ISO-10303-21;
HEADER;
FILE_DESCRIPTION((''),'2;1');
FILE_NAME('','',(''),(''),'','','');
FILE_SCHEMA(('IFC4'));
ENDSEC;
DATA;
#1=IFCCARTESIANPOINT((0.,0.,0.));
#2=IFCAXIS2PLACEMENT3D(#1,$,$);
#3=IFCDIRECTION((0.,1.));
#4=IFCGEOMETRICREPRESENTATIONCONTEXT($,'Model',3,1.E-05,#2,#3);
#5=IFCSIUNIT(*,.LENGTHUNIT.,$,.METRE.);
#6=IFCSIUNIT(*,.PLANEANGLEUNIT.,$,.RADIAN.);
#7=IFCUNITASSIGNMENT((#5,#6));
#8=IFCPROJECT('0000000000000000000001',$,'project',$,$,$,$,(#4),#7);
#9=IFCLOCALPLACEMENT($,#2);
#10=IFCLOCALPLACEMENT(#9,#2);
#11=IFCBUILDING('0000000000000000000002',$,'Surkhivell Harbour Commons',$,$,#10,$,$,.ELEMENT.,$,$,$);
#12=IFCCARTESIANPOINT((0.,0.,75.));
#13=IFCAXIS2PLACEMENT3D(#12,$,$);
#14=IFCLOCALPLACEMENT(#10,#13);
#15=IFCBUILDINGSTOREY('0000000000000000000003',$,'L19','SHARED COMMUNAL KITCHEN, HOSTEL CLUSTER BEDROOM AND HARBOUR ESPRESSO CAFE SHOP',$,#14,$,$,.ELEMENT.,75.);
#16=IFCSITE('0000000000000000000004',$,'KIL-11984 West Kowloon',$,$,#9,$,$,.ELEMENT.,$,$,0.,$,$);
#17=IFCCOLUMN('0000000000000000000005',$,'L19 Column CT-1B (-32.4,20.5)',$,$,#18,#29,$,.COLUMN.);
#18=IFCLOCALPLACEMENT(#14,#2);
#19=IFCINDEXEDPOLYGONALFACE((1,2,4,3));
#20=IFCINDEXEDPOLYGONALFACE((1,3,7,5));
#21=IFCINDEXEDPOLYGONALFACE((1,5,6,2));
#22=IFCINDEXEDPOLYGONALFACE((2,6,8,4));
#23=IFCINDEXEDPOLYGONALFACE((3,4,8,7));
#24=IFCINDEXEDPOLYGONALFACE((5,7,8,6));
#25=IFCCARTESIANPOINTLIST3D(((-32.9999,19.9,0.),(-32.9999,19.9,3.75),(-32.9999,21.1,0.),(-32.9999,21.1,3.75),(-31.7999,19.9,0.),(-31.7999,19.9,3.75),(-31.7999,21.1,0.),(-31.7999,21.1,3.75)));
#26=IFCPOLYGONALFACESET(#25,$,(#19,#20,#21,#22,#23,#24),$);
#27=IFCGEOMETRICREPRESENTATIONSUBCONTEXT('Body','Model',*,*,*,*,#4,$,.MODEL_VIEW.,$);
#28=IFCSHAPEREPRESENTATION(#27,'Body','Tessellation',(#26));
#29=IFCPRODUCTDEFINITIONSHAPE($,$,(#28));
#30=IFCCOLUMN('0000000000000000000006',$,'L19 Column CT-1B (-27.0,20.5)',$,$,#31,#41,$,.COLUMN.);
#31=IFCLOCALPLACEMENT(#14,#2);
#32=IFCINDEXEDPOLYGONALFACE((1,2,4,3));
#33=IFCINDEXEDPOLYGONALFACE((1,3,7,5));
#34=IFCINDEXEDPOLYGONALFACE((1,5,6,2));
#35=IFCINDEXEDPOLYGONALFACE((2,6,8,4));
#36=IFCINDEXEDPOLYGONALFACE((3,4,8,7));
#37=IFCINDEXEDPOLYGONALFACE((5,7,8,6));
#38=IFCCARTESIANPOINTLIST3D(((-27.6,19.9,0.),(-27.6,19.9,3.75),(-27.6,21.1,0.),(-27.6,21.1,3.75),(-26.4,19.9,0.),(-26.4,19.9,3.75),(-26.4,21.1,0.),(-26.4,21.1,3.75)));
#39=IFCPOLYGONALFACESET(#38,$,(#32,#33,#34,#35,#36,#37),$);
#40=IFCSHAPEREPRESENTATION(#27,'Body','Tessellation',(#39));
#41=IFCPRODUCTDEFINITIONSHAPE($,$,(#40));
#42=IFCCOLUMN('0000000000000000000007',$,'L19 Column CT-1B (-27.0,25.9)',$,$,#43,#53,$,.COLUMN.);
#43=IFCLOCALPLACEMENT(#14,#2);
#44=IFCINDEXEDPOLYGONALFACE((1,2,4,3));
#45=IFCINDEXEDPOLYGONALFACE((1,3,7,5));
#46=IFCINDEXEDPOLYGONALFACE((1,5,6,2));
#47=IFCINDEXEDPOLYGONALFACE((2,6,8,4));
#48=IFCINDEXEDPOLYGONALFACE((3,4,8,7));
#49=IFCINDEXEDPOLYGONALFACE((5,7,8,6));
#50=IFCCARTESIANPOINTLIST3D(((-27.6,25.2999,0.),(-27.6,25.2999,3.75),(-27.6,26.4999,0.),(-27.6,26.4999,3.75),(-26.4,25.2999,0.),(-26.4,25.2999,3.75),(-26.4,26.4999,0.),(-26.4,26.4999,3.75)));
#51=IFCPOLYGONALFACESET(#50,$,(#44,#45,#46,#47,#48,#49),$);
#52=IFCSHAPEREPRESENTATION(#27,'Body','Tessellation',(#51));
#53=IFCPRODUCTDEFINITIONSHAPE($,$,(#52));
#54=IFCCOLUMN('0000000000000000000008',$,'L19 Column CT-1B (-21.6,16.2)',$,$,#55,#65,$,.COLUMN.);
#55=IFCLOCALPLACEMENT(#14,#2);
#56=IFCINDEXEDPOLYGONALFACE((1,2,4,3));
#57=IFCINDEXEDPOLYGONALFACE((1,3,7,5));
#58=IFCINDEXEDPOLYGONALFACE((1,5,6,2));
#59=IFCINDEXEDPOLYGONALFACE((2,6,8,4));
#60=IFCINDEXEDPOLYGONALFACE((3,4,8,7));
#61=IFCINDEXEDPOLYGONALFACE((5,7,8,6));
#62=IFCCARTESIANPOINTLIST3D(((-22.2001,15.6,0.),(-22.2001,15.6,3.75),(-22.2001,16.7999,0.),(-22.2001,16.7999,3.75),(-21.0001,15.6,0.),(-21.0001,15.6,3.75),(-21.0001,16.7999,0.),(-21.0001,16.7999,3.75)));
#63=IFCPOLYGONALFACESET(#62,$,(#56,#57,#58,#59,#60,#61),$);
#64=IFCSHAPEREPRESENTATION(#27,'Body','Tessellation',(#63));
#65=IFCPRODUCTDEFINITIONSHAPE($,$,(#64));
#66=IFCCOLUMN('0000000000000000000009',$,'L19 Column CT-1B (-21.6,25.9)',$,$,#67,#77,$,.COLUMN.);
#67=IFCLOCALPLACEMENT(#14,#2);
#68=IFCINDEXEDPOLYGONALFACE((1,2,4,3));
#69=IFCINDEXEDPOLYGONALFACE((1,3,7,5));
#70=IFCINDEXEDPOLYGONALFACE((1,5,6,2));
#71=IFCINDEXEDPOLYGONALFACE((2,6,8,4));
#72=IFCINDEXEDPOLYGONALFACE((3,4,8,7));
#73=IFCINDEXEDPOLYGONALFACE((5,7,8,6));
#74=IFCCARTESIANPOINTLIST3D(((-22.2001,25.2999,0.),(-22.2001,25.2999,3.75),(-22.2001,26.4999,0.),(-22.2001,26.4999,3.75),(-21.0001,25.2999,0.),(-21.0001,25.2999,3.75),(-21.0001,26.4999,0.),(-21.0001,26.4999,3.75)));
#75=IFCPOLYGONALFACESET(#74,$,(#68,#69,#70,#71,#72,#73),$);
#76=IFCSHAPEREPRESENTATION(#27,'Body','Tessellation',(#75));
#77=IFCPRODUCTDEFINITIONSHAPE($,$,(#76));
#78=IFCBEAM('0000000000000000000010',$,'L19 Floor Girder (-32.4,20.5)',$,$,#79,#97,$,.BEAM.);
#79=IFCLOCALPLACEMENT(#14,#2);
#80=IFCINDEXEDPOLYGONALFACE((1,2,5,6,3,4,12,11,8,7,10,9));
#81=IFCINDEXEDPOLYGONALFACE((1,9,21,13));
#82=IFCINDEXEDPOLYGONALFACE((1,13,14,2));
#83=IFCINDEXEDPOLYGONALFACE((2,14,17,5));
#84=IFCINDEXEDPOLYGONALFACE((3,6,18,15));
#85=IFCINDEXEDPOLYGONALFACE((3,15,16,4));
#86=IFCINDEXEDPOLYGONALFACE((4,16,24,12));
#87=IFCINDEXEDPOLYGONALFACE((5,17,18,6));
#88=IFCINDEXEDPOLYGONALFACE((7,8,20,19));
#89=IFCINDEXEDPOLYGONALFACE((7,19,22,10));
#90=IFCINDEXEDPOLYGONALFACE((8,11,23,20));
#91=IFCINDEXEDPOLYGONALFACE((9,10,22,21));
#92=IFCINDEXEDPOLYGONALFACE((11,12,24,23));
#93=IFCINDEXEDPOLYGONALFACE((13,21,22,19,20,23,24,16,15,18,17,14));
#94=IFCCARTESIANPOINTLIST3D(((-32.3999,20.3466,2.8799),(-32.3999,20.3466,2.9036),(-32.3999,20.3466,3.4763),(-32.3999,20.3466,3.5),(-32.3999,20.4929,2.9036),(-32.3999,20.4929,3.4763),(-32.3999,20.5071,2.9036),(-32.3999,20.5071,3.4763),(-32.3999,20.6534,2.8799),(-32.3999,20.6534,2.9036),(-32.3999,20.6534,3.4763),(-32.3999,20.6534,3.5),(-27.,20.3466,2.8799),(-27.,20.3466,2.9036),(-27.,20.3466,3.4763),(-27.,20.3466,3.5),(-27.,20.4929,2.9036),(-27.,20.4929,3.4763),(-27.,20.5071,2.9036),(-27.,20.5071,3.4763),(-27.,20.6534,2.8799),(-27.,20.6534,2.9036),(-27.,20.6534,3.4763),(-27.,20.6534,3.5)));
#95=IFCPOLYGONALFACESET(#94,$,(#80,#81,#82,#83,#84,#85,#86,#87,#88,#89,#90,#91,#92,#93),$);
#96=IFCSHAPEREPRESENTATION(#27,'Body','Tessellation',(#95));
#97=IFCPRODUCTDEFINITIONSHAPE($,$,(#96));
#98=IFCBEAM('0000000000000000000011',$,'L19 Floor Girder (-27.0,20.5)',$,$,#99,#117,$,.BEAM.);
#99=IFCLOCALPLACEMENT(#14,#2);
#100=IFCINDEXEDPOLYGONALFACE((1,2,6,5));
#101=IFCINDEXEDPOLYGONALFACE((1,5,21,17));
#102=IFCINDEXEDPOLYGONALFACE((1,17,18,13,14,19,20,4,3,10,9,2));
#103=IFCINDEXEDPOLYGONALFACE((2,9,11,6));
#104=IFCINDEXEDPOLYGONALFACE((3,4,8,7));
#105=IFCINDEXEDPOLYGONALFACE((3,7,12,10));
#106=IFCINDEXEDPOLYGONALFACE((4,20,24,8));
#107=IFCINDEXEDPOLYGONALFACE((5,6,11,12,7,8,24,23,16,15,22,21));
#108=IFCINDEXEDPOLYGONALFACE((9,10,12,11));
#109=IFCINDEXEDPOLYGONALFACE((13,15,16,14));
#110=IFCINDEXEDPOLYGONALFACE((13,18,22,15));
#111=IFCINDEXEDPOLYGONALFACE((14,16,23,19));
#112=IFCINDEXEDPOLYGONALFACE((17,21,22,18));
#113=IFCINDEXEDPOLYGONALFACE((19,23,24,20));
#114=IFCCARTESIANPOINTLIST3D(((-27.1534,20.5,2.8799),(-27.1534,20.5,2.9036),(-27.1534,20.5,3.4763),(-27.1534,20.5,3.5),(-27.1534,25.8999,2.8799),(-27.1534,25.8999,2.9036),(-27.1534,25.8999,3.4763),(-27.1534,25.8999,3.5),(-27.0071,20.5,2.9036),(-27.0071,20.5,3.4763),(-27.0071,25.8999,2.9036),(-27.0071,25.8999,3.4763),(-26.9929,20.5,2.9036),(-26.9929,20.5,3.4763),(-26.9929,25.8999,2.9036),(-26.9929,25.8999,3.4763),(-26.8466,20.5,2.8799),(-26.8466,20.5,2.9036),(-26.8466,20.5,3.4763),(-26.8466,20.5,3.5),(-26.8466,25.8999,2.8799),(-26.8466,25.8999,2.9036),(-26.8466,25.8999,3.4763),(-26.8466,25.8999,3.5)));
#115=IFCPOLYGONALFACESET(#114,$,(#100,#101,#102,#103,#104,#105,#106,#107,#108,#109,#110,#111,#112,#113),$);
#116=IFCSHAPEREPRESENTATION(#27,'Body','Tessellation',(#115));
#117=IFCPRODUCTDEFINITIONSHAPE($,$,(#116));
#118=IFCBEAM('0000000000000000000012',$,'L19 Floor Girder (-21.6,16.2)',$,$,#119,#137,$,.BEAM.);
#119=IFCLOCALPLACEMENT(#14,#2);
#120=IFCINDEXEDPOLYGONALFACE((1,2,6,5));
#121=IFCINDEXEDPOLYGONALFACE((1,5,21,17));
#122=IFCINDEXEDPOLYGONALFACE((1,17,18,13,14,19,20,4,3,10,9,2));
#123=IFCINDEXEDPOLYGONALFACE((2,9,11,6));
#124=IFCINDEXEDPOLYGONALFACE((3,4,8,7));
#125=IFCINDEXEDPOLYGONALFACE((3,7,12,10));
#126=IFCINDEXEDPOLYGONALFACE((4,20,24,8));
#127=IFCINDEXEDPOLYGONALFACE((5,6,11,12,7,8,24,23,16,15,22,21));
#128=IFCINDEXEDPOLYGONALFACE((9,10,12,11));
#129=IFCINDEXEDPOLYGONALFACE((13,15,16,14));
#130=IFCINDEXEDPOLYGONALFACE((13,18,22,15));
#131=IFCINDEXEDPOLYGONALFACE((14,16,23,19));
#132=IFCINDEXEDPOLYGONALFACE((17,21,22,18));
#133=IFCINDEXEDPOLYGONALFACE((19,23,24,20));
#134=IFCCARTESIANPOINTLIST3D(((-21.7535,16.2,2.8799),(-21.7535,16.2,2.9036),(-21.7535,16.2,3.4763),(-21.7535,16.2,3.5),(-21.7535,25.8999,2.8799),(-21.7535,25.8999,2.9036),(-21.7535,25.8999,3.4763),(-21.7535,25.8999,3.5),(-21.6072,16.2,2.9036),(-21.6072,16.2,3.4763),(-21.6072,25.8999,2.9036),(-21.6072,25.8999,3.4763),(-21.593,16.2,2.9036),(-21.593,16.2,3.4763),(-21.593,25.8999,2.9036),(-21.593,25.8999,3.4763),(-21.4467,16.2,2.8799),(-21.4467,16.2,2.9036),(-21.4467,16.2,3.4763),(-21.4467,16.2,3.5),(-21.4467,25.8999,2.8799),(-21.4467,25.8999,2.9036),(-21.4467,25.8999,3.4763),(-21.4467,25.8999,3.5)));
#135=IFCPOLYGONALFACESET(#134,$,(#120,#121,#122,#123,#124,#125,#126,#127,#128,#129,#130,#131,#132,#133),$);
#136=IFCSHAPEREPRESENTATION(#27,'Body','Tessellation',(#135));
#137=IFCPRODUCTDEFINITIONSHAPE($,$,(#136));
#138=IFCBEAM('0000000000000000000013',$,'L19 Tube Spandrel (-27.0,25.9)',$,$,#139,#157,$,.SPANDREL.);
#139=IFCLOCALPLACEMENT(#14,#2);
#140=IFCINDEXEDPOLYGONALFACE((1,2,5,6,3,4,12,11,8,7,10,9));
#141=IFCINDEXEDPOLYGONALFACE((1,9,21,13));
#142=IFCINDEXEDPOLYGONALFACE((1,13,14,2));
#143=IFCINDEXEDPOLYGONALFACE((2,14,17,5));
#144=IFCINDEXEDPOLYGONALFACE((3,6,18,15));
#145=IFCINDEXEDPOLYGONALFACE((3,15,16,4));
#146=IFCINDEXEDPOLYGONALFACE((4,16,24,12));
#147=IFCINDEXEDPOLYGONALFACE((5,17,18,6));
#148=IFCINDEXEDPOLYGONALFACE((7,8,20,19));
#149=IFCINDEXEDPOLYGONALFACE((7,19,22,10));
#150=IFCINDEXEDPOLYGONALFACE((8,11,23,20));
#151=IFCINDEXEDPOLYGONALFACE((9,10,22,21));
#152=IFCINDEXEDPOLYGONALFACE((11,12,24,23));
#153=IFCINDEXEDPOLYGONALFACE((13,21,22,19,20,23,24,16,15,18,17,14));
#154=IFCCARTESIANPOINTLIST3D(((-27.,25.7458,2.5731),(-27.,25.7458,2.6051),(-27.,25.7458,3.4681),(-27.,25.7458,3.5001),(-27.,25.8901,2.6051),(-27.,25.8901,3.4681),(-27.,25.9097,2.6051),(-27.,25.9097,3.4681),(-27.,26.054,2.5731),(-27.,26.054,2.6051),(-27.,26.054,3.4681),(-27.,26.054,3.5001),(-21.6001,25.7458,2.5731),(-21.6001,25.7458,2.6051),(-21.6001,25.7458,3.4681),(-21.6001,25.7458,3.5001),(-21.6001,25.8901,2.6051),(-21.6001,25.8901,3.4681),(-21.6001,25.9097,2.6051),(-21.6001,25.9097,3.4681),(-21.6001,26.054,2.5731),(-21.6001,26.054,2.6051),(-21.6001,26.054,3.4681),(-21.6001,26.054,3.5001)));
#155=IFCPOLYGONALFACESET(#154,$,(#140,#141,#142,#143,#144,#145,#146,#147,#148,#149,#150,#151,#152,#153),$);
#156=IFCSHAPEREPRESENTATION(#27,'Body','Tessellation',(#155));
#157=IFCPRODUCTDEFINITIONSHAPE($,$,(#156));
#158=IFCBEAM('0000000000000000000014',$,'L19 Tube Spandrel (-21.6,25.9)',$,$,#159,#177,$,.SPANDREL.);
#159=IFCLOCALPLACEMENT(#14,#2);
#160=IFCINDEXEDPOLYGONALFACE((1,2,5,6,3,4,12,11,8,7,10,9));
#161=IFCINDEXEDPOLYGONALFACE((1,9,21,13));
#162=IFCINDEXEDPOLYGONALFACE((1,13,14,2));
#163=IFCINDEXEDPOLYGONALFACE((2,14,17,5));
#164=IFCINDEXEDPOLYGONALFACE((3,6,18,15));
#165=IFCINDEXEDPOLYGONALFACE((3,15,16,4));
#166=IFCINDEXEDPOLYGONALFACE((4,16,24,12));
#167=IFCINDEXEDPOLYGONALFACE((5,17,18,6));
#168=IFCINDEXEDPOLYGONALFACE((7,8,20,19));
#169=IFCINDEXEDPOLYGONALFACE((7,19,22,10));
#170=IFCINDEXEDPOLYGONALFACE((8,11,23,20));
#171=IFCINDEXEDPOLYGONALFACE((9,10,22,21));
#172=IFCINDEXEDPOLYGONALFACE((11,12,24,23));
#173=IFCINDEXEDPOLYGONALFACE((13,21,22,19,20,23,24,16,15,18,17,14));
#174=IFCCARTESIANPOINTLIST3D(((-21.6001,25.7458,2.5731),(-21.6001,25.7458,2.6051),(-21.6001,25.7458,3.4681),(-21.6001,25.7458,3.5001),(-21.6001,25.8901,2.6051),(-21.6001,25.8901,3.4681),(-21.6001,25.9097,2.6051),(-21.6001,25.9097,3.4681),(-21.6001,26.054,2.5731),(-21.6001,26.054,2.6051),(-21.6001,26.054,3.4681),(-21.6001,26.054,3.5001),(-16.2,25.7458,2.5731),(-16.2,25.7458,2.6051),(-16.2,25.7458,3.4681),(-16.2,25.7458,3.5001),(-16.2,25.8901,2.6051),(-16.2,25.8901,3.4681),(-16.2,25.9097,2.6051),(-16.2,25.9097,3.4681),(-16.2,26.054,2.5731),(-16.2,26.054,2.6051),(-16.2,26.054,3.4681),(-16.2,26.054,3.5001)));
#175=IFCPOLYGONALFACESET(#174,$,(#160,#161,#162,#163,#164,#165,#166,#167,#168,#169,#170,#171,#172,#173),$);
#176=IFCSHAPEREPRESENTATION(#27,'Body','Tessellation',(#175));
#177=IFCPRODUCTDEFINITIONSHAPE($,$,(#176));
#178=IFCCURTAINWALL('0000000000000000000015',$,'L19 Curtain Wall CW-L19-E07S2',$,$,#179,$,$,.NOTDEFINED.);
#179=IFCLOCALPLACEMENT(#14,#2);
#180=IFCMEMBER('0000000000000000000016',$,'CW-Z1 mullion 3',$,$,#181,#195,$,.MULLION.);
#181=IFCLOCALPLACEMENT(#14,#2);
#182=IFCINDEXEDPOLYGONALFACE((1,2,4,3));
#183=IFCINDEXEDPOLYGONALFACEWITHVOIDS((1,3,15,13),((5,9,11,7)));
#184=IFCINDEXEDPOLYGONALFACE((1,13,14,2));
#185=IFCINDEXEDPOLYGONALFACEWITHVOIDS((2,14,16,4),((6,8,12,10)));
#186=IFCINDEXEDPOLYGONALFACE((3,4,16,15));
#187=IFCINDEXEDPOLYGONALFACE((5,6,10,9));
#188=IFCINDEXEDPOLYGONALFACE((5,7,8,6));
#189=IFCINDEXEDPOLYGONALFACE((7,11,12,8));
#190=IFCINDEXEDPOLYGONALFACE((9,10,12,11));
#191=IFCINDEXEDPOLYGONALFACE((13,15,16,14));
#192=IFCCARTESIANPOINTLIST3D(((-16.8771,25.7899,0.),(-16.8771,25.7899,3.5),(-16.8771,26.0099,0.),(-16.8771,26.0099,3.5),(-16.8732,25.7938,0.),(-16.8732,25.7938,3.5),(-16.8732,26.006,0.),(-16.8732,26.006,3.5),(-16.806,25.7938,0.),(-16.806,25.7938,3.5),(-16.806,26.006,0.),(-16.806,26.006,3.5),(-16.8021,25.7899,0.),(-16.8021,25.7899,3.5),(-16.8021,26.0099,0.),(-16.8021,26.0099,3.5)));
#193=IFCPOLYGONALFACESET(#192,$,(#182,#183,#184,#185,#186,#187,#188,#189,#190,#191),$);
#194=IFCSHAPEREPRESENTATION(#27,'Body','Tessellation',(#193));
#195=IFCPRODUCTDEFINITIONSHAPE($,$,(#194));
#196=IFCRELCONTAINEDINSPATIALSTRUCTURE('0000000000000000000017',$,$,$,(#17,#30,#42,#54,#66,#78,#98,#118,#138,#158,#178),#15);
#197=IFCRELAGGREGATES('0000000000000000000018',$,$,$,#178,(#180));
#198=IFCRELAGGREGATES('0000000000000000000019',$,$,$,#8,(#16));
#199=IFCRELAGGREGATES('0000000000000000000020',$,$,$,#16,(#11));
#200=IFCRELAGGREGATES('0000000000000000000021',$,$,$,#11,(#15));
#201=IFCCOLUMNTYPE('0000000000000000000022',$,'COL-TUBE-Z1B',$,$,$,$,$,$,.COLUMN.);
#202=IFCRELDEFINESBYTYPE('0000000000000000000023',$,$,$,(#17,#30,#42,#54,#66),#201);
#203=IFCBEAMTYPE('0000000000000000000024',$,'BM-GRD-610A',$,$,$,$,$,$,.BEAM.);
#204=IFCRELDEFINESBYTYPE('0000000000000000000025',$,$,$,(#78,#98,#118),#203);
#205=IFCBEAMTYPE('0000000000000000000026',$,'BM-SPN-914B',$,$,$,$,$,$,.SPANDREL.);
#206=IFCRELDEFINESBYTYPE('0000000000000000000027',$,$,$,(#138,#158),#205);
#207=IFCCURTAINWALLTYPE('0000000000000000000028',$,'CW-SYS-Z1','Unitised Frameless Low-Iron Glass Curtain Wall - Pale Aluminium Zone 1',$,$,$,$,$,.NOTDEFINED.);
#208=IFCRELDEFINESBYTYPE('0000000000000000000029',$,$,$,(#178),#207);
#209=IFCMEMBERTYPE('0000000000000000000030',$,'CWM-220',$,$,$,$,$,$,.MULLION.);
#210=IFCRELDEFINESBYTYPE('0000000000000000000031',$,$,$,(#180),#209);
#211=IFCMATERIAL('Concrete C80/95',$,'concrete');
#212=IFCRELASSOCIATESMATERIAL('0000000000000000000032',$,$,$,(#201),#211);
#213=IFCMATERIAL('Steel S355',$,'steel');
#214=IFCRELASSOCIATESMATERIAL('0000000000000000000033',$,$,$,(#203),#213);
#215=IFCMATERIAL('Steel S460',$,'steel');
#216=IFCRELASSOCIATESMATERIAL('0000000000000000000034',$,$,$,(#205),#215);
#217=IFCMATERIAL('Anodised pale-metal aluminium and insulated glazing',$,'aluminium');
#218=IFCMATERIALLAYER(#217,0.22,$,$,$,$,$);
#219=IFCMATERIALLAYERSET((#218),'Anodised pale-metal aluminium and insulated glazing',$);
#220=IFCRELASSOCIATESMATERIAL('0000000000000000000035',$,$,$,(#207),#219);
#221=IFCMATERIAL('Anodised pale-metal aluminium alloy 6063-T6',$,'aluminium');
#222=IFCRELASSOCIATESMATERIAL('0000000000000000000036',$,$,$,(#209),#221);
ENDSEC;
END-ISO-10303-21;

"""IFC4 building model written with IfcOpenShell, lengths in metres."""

from ifc_helpers import new_model, si_unit, direction, frame, origin, origin_2d, place, context, subcontext, project, spatial, rectangle, hollow_rectangle, i_section, extrude, material, layer, layer_set, material_profile, profile_set, type_object, element, aggregate, save


model = new_model("IFC4")

# Units and contexts
model_context = context("Model", 3, precision=1e-05, world=origin(), true_north=direction((0.0, 1.0)))
body_context = subcontext(model_context, "Body", "Model", "MODEL_VIEW")
ifc_project = project(units=[si_unit("LENGTHUNIT", "METRE"), si_unit("PLANEANGLEUNIT", "RADIAN")], contexts=[model_context])

# Site, building, storey
site_placement = place(None, origin())
site = spatial("IfcSite", under=ifc_project, at=site_placement, Name="KIL-11984 West Kowloon", CompositionType="ELEMENT", RefElevation=0.0)
building_placement = place(site_placement, origin())
building = spatial("IfcBuilding", under=site, at=building_placement, Name="Surkhivell Harbour Commons", CompositionType="ELEMENT")
storey_placement = place(building_placement, frame((0.0, 0.0, 75.0)))
storey = spatial("IfcBuildingStorey", under=building, at=storey_placement, Name="L19", Description="SHARED COMMUNAL KITCHEN, HOSTEL CLUSTER BEDROOM AND HARBOUR ESPRESSO CAFE SHOP", CompositionType="ELEMENT", Elevation=75.0)

# Columns
ifc_material_1 = material(Name="Concrete C80/95", Category="concrete")
ifc_material_profile_1 = material_profile(ifc_material_1, rectangle(XDim=1.2, YDim=1.2, at=origin_2d()), Name="RC-COL-1200x1200")
ifc_profile_set_1 = profile_set([ifc_material_profile_1], Name="Concrete C80/95")
column_type = type_object("IfcColumnType", Name="COL-TUBE-Z1B", PredefinedType="COLUMN", material=ifc_profile_set_1)
for number, where, z_axis, x_axis, name in (
    (1, (-32.3999, 20.5, 0.0), (0.0, 0.0, 1.0), (1.0, 0.0, 0.0), "L19 Column CT-1B (-32.4,20.5)"),
    (2, (-27.0, 20.5, 0.0), (0.0, 0.0, 1.0), (1.0, 0.0, 0.0), "L19 Column CT-1B (-27.0,20.5)"),
    (3, (-27.0, 25.8999, 0.0), (0.0, 0.0, 1.0), (1.0, 0.0, 0.0), "L19 Column CT-1B (-27.0,25.9)"),
    (4, (-21.6001, 16.2, 0.0), (0.0, 0.0, 1.0), (1.0, 0.0, 0.0), "L19 Column CT-1B (-21.6,16.2)"),
    (5, (-21.6001, 25.8999, 0.0), (0.0, 0.0, 1.0), (1.0, 0.0, 0.0), "L19 Column CT-1B (-21.6,25.9)"),
):
    element("IfcColumn", number, at=place(storey_placement, frame(where, z_axis=z_axis, x_axis=x_axis)), inside=storey, type_object=column_type, Name=name, PredefinedType="COLUMN", context=body_context, shape_type="SweptSolid", body=[
        extrude(rectangle(XDim=1.2, YDim=1.2, at=origin_2d()), origin(), (0.0, 0.0, 1.0), 3.75),
    ])

# Beams
ifc_material_2 = material(Name="Steel S355", Category="steel")
ifc_material_profile_2 = material_profile(ifc_material_2, i_section(OverallWidth=0.3069, OverallDepth=0.6201, WebThickness=0.0142, FlangeThickness=0.0237, at=origin_2d()), Name="UB610x305x179")
ifc_profile_set_2 = profile_set([ifc_material_profile_2], Name="Steel S355")
beam_type_1 = type_object("IfcBeamType", Name="BM-GRD-610A", PredefinedType="BEAM", material=ifc_profile_set_2)
for number, where, z_axis, x_axis, name in (
    (6, (-32.3999, 20.5, 3.1899), (1.0, 0.0, 0.0), (0.0, 1.0, 0.0), "L19 Floor Girder (-32.4,20.5)"),
    (7, (-27.0, 20.5, 3.1899), (0.0, 1.0, 0.0), (-1.0, 0.0, 0.0), "L19 Floor Girder (-27.0,20.5)"),
):
    element("IfcBeam", number, at=place(storey_placement, frame(where, z_axis=z_axis, x_axis=x_axis)), inside=storey, type_object=beam_type_1, Name=name, PredefinedType="BEAM", context=body_context, shape_type="SweptSolid", body=[
        extrude(i_section(OverallWidth=0.3069, OverallDepth=0.6201, WebThickness=0.0142, FlangeThickness=0.0237, at=origin_2d()), origin(), (0.0, 0.0, 1.0), 5.3999),
    ])
beam_1_placement = place(storey_placement, frame((-21.6001, 16.2, 3.1899), z_axis=(0.0, 1.0, 0.0), x_axis=(-1.0, 0.0, 0.0)))
element("IfcBeam", 8, at=beam_1_placement, inside=storey, type_object=beam_type_1, Name="L19 Floor Girder (-21.6,16.2)", PredefinedType="BEAM", context=body_context, shape_type="SweptSolid", body=[
    extrude(i_section(OverallWidth=0.3069, OverallDepth=0.6201, WebThickness=0.0142, FlangeThickness=0.0237, at=origin_2d()), origin(), (0.0, 0.0, 1.0), 9.7),
])
ifc_material_3 = material(Name="Steel S460", Category="steel")
ifc_material_profile_3 = material_profile(ifc_material_3, i_section(OverallWidth=0.3081, OverallDepth=0.927, WebThickness=0.0195, FlangeThickness=0.032, at=origin_2d()), Name="UB914x305x289")
ifc_profile_set_3 = profile_set([ifc_material_profile_3], Name="Steel S460")
beam_type_2 = type_object("IfcBeamType", Name="BM-SPN-914B", PredefinedType="SPANDREL", material=ifc_profile_set_3)
beam_2_placement = place(storey_placement, frame((-27.0, 25.8999, 3.0366), z_axis=(1.0, 0.0, 0.0), x_axis=(0.0, 1.0, 0.0)))
element("IfcBeam", 9, at=beam_2_placement, inside=storey, type_object=beam_type_2, Name="L19 Tube Spandrel (-27.0,25.9)", PredefinedType="SPANDREL", context=body_context, shape_type="SweptSolid", body=[
    extrude(i_section(OverallWidth=0.3081, OverallDepth=0.927, WebThickness=0.0195, FlangeThickness=0.032, at=origin_2d()), origin(), (0.0, 0.0, 1.0), 5.3999),
])
beam_3_placement = place(storey_placement, frame((-21.6001, 25.8999, 3.0366), z_axis=(1.0, 0.0, 0.0), x_axis=(0.0, 1.0, 0.0)))
element("IfcBeam", 10, at=beam_3_placement, inside=storey, type_object=beam_type_2, Name="L19 Tube Spandrel (-21.6,25.9)", PredefinedType="SPANDREL", context=body_context, shape_type="SweptSolid", body=[
    extrude(i_section(OverallWidth=0.3081, OverallDepth=0.927, WebThickness=0.0195, FlangeThickness=0.032, at=origin_2d()), origin(), (0.0, 0.0, 1.0), 5.4001),
])

# Curtain wall, member
ifc_material_4 = material(Name="Anodised pale-metal aluminium and insulated glazing", Category="aluminium")
ifc_layer_1 = layer(ifc_material_4, 0.22)
ifc_layer_set_1 = layer_set([ifc_layer_1], Name="Anodised pale-metal aluminium and insulated glazing")
curtain_wall_type = type_object("IfcCurtainWallType", Name="CW-SYS-Z1", Description="Unitised Frameless Low-Iron Glass Curtain Wall - Pale Aluminium Zone 1", PredefinedType="NOTDEFINED", material=ifc_layer_set_1)
curtain_wall_1_placement = place(storey_placement, origin())
curtain_wall_1 = element("IfcCurtainWall", 11, at=curtain_wall_1_placement, inside=storey, type_object=curtain_wall_type, Name="L19 Curtain Wall CW-L19-E07S2", PredefinedType="NOTDEFINED")
ifc_material_5 = material(Name="Anodised pale-metal aluminium alloy 6063-T6", Category="aluminium")
ifc_material_profile_4 = material_profile(ifc_material_5, hollow_rectangle(XDim=0.075, YDim=0.22, WallThickness=0.0039, at=origin_2d()), Name="ALU-MULL-75x220")
ifc_profile_set_4 = profile_set([ifc_material_profile_4], Name="Anodised pale-metal aluminium alloy 6063-T6")
member_type_1 = type_object("IfcMemberType", Name="CWM-220", PredefinedType="MULLION", material=ifc_profile_set_4)
member_1_placement = place(storey_placement, frame((-16.8396, 25.8999, 0.0), z_axis=(0.0, 0.0, 1.0), x_axis=(-1.0, 0.0, 0.0)))
member_1 = element("IfcMember", 12, at=member_1_placement, type_object=member_type_1, Name="CW-Z1 mullion 3", PredefinedType="MULLION", context=body_context, shape_type="SweptSolid", body=[
    extrude(hollow_rectangle(XDim=0.075, YDim=0.22, WallThickness=0.0039, at=origin_2d()), origin(), (0.0, 0.0, 1.0), 3.5),
])

aggregate(curtain_wall_1, [member_1])

save(model, "model.ifc")
